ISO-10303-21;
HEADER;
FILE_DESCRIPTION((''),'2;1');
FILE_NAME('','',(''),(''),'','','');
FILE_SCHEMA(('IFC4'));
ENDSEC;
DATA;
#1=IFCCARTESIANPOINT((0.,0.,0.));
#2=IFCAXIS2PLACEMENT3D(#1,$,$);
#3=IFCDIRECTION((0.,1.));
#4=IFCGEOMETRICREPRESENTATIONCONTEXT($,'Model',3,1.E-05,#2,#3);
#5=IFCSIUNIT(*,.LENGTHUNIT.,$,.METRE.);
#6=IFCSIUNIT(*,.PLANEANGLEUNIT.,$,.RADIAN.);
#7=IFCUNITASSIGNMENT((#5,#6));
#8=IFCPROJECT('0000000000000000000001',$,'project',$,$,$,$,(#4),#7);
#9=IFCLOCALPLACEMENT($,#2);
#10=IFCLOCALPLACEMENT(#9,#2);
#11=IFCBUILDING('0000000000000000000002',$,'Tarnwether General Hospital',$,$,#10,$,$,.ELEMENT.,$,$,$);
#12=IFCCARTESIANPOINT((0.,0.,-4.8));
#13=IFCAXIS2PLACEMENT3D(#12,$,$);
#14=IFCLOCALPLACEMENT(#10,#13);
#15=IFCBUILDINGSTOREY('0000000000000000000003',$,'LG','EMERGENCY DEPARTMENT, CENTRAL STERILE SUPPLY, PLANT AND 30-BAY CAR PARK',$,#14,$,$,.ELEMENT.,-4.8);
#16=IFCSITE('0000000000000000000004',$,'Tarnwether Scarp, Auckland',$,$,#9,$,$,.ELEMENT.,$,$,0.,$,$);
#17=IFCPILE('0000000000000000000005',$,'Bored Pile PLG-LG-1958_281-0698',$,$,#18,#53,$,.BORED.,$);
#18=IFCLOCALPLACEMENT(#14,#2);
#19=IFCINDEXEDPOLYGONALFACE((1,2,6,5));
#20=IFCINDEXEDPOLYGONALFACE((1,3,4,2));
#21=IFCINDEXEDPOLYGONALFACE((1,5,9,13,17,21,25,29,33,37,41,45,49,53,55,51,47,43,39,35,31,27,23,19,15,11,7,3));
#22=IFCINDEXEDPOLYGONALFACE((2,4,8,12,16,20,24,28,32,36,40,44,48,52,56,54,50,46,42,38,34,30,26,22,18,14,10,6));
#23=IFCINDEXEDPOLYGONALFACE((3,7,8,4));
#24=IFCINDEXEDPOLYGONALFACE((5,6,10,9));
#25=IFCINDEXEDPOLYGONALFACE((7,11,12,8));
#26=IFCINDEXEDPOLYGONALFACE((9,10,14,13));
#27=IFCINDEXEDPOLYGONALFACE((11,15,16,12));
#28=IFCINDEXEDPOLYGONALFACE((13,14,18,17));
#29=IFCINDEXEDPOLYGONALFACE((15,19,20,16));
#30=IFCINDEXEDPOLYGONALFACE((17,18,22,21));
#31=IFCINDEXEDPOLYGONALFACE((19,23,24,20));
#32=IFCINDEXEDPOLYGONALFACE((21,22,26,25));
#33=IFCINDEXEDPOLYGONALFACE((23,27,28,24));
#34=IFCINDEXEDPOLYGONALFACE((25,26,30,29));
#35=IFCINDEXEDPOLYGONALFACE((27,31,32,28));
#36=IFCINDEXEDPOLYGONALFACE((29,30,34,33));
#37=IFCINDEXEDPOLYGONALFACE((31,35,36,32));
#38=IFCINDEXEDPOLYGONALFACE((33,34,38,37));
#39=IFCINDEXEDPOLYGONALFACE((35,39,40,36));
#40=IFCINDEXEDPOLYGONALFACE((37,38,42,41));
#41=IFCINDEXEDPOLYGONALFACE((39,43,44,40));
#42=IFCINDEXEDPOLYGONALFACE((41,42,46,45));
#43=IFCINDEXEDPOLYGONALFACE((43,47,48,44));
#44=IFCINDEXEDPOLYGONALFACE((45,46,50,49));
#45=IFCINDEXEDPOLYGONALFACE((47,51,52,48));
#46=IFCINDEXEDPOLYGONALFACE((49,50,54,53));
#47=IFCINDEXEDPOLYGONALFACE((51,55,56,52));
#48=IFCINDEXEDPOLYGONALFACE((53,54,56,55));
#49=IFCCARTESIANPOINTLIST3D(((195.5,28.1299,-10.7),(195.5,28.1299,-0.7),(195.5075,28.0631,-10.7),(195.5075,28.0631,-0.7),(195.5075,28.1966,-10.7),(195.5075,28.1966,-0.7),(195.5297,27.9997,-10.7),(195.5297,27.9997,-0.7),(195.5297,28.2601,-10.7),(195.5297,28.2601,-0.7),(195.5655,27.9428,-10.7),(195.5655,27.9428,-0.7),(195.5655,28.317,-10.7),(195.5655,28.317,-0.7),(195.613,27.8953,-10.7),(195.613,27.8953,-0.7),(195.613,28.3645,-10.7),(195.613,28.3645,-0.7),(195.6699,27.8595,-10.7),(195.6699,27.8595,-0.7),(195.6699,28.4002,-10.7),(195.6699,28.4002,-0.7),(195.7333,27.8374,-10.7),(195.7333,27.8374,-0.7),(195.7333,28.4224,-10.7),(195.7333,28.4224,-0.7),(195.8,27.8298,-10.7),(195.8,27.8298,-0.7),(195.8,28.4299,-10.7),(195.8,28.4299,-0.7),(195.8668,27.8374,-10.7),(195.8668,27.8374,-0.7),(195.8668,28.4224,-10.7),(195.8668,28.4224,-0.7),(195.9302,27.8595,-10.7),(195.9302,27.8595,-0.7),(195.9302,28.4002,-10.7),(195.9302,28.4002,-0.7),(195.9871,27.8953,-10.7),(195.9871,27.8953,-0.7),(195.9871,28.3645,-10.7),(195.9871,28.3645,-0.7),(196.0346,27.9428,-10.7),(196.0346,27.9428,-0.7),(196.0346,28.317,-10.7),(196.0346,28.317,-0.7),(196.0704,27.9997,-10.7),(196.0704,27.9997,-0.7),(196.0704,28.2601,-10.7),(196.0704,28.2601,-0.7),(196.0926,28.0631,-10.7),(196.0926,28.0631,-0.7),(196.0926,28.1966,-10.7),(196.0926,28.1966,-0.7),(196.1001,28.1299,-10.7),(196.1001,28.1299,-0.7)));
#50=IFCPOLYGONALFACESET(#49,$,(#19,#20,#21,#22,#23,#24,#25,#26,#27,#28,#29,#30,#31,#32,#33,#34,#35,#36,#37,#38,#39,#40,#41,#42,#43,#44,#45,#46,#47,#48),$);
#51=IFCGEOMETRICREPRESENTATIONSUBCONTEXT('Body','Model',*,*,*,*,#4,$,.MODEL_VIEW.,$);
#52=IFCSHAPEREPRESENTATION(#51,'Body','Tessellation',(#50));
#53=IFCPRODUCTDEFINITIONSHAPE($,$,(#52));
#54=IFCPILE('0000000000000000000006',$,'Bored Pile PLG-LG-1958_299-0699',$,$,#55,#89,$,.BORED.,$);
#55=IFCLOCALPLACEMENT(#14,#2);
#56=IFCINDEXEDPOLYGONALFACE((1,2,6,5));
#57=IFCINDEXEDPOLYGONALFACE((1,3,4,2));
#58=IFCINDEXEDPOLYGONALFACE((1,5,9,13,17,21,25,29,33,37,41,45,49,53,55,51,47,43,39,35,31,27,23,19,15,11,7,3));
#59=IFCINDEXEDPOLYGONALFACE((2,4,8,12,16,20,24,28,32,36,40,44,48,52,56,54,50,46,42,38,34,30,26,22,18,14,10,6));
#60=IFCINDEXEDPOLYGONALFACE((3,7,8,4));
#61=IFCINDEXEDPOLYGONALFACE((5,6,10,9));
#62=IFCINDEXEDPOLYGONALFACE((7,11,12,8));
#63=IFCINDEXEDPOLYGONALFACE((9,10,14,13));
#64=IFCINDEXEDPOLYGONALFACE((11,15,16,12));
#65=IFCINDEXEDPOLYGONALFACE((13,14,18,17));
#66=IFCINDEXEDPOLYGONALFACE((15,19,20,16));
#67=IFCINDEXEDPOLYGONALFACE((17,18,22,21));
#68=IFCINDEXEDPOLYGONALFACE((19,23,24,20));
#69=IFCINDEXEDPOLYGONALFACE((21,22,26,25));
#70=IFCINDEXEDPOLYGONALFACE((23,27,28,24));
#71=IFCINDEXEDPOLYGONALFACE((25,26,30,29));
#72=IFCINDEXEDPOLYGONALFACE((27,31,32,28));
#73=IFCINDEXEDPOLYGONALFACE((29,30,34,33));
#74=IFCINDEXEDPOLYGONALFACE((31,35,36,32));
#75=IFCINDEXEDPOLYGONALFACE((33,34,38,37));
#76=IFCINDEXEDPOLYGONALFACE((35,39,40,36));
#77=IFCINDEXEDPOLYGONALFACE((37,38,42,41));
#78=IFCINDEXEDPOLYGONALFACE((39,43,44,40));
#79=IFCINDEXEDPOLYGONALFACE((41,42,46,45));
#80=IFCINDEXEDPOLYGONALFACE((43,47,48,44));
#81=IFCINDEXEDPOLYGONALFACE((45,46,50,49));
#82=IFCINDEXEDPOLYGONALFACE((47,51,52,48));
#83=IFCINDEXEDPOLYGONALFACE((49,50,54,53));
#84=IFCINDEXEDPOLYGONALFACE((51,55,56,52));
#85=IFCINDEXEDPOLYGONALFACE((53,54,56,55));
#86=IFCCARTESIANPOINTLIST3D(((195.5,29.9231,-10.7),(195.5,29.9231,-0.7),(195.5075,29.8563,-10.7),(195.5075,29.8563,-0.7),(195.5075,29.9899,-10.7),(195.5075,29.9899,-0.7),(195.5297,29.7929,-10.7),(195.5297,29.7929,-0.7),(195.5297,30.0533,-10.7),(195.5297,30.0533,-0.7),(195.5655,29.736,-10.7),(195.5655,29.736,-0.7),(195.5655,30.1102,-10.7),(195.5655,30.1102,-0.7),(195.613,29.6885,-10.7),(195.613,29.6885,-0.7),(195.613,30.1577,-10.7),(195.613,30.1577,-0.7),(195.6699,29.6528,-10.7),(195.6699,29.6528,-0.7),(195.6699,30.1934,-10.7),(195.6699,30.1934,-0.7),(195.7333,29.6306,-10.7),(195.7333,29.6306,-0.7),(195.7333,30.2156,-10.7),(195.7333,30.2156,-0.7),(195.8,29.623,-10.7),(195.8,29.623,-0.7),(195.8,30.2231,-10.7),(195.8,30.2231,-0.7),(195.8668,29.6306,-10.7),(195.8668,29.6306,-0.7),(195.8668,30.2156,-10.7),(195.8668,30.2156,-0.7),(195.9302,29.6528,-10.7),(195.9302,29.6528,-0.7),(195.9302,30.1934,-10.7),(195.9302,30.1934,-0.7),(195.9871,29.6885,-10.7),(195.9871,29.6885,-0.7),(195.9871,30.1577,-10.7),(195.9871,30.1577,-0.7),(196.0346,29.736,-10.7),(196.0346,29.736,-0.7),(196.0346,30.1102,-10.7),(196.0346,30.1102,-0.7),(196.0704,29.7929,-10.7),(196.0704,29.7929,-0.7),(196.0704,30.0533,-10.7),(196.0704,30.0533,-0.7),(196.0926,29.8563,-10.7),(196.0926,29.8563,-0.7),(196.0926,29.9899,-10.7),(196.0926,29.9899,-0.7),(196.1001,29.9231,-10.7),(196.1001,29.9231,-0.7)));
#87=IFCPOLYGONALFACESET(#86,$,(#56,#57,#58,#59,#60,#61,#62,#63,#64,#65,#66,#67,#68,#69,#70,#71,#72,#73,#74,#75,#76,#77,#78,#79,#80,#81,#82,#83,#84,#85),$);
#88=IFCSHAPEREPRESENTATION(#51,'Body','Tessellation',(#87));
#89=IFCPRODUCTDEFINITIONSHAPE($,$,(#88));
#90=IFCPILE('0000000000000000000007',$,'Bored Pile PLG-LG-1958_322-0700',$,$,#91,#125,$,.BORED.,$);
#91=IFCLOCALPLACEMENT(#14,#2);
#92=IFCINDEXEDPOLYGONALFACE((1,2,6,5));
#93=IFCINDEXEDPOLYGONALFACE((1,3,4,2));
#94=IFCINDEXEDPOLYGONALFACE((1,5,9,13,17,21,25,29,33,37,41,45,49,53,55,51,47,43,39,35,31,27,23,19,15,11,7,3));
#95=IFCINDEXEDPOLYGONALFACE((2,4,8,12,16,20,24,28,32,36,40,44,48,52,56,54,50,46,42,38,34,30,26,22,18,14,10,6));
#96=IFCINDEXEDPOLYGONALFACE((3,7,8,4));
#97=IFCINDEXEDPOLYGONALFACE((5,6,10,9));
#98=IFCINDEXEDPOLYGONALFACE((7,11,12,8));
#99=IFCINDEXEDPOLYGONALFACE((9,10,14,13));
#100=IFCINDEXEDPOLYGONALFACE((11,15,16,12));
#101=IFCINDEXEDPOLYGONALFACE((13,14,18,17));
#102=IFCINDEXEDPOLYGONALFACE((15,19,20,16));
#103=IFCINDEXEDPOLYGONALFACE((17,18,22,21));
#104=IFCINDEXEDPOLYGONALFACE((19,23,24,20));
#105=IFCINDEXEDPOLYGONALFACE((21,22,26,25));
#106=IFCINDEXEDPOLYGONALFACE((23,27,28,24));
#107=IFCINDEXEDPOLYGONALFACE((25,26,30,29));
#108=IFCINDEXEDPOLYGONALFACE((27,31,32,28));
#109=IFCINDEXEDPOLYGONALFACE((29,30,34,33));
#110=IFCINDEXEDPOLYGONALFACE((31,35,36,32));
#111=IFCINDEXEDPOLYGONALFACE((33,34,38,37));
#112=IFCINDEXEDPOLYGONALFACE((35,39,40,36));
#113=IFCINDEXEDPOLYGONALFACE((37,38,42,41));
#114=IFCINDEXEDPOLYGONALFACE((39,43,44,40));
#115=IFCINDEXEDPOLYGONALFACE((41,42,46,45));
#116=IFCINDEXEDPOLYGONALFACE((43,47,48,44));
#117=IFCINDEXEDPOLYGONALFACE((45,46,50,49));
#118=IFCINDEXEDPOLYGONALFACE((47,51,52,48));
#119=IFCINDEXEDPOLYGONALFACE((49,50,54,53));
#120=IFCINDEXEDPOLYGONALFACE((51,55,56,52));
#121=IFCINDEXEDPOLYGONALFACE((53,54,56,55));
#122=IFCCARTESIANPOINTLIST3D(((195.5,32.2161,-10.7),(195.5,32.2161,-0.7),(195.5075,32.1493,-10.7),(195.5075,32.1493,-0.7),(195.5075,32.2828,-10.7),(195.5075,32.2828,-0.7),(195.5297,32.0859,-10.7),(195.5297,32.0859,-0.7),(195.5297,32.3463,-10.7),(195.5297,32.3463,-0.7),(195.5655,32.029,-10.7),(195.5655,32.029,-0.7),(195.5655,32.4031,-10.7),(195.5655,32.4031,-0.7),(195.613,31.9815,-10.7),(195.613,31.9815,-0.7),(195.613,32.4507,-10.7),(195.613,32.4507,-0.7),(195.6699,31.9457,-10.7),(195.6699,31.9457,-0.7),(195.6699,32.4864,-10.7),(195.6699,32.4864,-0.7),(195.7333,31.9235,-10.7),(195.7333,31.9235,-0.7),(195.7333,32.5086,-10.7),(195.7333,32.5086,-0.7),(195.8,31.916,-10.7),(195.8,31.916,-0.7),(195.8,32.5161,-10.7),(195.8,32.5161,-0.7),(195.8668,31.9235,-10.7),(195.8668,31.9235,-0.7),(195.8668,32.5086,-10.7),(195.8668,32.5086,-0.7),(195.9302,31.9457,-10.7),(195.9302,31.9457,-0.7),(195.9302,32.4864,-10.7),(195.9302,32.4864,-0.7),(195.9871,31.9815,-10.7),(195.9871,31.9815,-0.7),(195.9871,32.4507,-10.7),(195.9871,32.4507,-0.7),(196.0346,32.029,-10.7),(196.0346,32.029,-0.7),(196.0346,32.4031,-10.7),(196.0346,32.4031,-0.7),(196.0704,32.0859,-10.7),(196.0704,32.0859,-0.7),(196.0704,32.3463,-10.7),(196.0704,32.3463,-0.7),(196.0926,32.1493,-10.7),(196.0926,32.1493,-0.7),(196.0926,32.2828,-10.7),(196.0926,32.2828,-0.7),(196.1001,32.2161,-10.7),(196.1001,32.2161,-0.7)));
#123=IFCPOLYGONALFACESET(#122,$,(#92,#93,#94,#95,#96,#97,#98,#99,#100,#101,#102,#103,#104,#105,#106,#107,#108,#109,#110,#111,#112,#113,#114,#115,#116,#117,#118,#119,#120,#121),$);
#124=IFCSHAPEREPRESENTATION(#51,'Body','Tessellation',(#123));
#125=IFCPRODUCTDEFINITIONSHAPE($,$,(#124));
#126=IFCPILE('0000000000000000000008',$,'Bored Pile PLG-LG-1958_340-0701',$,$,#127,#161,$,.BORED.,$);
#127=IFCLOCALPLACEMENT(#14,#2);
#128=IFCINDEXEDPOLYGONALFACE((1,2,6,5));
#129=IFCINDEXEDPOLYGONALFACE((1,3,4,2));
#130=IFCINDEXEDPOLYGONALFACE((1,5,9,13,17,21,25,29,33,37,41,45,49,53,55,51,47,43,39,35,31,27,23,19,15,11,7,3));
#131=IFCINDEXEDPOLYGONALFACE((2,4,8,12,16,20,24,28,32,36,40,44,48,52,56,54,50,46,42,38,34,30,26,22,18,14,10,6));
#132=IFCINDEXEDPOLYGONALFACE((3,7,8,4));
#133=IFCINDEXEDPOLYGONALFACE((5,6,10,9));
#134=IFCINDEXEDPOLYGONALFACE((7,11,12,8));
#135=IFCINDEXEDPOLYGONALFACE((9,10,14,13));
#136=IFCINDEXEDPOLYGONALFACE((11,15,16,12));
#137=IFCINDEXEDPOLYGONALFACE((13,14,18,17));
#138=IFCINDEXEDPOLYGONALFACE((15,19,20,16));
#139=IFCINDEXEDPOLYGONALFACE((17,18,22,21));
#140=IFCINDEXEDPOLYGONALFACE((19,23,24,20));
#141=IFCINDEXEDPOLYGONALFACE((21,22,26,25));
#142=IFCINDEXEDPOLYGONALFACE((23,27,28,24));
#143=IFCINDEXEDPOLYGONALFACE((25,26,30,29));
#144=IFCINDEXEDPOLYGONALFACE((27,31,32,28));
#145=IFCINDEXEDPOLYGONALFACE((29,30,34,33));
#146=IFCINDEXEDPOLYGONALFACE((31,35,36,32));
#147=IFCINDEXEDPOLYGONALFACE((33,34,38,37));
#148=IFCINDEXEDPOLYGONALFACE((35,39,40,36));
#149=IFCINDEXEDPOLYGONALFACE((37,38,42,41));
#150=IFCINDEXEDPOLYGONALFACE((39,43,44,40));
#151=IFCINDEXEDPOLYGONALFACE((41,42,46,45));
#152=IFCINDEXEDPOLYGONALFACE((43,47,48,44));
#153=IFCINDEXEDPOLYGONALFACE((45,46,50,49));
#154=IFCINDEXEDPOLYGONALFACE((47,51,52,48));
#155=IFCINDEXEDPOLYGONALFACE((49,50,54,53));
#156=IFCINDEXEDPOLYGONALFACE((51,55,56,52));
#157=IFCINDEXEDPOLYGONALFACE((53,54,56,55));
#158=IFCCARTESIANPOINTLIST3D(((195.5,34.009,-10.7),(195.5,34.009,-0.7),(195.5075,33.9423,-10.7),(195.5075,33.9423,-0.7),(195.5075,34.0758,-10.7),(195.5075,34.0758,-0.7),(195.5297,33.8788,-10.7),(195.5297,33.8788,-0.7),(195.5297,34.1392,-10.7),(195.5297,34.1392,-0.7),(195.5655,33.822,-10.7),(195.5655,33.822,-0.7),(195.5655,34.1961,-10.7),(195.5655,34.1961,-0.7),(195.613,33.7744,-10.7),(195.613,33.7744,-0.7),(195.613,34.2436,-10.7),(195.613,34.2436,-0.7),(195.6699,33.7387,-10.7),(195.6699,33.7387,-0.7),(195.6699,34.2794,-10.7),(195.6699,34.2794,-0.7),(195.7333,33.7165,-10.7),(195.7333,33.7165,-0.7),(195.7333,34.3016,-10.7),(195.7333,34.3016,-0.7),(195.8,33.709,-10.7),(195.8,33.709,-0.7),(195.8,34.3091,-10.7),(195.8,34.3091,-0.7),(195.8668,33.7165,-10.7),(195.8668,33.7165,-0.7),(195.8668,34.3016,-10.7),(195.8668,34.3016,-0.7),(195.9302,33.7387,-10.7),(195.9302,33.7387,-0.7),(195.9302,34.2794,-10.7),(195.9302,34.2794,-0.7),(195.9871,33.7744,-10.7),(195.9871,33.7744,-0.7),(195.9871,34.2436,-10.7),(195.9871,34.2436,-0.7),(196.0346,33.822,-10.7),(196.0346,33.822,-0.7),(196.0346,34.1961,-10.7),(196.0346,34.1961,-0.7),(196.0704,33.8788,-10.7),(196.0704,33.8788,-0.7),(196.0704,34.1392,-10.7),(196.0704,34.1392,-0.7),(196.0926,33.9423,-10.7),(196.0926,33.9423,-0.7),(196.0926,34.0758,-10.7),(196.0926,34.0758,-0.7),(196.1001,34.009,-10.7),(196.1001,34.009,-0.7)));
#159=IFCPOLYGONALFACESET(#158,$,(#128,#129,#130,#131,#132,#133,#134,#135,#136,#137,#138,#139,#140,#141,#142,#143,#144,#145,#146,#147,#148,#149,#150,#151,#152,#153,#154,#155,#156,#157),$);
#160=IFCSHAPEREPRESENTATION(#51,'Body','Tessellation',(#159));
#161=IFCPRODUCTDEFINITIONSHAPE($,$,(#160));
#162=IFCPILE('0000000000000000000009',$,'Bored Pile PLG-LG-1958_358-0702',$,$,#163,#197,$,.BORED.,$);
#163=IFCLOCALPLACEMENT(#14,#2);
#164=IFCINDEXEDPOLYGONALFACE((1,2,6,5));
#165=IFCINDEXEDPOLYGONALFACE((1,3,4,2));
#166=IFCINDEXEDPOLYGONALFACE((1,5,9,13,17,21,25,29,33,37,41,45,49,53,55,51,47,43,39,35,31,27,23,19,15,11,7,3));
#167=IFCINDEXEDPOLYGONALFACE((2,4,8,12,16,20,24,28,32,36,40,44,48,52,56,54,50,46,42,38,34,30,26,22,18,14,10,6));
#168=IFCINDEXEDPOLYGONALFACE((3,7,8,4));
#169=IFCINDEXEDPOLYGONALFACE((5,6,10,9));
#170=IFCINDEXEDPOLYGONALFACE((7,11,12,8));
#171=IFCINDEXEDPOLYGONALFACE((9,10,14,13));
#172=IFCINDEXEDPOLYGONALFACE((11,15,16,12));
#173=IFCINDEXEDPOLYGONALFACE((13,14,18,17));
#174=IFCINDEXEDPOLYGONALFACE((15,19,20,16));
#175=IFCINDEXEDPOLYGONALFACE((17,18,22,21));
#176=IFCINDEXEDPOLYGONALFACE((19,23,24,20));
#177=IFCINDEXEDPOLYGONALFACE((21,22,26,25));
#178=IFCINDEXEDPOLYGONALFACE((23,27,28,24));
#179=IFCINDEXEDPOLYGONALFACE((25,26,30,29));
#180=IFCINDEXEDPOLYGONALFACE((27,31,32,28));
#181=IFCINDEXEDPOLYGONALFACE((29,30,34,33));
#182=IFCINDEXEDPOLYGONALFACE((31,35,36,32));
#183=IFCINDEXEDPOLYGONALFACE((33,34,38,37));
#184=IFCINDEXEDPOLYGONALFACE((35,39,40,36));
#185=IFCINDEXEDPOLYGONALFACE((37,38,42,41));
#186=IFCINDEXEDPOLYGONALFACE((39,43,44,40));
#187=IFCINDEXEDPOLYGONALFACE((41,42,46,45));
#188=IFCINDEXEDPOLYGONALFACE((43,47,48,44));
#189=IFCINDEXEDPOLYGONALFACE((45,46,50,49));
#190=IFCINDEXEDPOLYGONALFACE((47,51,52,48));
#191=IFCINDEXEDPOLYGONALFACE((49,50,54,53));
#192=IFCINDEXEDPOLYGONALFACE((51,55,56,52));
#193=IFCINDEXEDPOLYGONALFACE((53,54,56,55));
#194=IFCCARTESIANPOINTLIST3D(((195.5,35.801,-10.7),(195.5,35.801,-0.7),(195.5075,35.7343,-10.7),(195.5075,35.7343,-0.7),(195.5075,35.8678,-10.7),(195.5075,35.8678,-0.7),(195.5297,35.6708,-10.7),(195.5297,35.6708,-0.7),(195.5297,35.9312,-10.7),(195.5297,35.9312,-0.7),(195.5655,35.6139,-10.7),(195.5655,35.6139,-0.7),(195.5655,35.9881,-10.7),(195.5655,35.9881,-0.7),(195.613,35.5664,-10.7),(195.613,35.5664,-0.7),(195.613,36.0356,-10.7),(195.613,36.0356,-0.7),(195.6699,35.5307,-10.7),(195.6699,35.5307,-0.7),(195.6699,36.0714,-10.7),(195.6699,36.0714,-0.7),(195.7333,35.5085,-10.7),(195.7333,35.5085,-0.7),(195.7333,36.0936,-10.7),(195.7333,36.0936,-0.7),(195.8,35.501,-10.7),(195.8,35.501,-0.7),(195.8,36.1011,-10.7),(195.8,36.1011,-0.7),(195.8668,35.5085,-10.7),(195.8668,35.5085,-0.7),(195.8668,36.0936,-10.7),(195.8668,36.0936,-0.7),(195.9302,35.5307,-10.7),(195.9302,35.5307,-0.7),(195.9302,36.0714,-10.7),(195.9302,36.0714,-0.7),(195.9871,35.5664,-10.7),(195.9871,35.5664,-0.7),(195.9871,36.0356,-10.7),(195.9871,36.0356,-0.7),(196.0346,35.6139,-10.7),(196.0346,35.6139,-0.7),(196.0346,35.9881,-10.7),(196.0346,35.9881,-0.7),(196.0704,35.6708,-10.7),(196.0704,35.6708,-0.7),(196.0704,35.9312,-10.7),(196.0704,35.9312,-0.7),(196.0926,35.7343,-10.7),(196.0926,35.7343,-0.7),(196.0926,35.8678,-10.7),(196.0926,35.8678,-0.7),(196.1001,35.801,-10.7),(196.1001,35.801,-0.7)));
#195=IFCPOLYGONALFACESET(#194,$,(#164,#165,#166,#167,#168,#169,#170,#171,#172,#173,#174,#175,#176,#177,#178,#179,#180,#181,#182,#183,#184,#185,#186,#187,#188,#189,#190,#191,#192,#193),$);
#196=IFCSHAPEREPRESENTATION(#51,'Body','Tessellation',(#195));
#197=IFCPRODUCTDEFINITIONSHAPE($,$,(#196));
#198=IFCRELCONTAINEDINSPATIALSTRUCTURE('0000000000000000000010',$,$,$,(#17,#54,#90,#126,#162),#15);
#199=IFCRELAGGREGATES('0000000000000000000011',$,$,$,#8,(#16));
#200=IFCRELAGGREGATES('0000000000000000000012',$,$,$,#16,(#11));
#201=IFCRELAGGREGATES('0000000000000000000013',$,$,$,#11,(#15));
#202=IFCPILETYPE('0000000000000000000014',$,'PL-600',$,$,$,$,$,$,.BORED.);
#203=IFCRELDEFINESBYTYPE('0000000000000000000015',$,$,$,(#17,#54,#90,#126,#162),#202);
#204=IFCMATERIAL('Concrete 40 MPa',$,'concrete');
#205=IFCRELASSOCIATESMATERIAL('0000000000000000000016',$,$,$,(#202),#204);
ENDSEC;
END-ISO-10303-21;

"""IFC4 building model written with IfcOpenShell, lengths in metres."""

from ifc_helpers import new_model, si_unit, direction, frame, origin, origin_2d, place, context, subcontext, project, spatial, circle, extrude, material, material_profile, profile_set, type_object, element, save


model = new_model("IFC4")

# Units and contexts
model_context = context("Model", 3, precision=1e-05, world=origin(), true_north=direction((0.0, 1.0)))
body_context = subcontext(model_context, "Body", "Model", "MODEL_VIEW")
ifc_project = project(units=[si_unit("LENGTHUNIT", "METRE"), si_unit("PLANEANGLEUNIT", "RADIAN")], contexts=[model_context])

# Site, building, storey
site_placement = place(None, origin())
site = spatial("IfcSite", under=ifc_project, at=site_placement, Name="Tarnwether Scarp, Auckland", CompositionType="ELEMENT", RefElevation=0.0)
building_placement = place(site_placement, origin())
building = spatial("IfcBuilding", under=site, at=building_placement, Name="Tarnwether General Hospital", CompositionType="ELEMENT")
storey_placement = place(building_placement, frame((0.0, 0.0, -4.8)))
storey = spatial("IfcBuildingStorey", under=building, at=storey_placement, Name="LG", Description="EMERGENCY DEPARTMENT, CENTRAL STERILE SUPPLY, PLANT AND 30-BAY CAR PARK", CompositionType="ELEMENT", Elevation=-4.8)

# Piles
ifc_material_1 = material(Name="Concrete 40 MPa", Category="concrete")
ifc_material_profile_1 = material_profile(ifc_material_1, circle(Radius=0.3, at=origin_2d()), Name="PILE-D600")
ifc_profile_set_1 = profile_set([ifc_material_profile_1], Name="Concrete 40 MPa")
pile_type_1 = type_object("IfcPileType", Name="PL-600", PredefinedType="BORED", material=ifc_profile_set_1)
for number, where, z_axis, x_axis, name in (
    (1, (195.8, 28.1299, -0.7), (0.0, 0.0, -1.0), (1.0, 0.0, 0.0), "Bored Pile PLG-LG-1958_281-0698"),
    (2, (195.8, 29.9231, -0.7), (0.0, 0.0, -1.0), (1.0, 0.0, 0.0), "Bored Pile PLG-LG-1958_299-0699"),
    (3, (195.8, 32.2161, -0.7), (0.0, 0.0, -1.0), (1.0, 0.0, 0.0), "Bored Pile PLG-LG-1958_322-0700"),
    (4, (195.8, 34.009, -0.7), (0.0, 0.0, -1.0), (1.0, 0.0, 0.0), "Bored Pile PLG-LG-1958_340-0701"),
    (5, (195.8, 35.801, -0.7), (0.0, 0.0, -1.0), (1.0, 0.0, 0.0), "Bored Pile PLG-LG-1958_358-0702"),
):
    element("IfcPile", number, at=place(storey_placement, frame(where, z_axis=z_axis, x_axis=x_axis)), inside=storey, type_object=pile_type_1, Name=name, PredefinedType="BORED", context=body_context, shape_type="SweptSolid", body=[
        extrude(circle(Radius=0.3, at=origin_2d()), origin(), (0.0, 0.0, 1.0), 10.0),
    ])

save(model, "model.ifc")
